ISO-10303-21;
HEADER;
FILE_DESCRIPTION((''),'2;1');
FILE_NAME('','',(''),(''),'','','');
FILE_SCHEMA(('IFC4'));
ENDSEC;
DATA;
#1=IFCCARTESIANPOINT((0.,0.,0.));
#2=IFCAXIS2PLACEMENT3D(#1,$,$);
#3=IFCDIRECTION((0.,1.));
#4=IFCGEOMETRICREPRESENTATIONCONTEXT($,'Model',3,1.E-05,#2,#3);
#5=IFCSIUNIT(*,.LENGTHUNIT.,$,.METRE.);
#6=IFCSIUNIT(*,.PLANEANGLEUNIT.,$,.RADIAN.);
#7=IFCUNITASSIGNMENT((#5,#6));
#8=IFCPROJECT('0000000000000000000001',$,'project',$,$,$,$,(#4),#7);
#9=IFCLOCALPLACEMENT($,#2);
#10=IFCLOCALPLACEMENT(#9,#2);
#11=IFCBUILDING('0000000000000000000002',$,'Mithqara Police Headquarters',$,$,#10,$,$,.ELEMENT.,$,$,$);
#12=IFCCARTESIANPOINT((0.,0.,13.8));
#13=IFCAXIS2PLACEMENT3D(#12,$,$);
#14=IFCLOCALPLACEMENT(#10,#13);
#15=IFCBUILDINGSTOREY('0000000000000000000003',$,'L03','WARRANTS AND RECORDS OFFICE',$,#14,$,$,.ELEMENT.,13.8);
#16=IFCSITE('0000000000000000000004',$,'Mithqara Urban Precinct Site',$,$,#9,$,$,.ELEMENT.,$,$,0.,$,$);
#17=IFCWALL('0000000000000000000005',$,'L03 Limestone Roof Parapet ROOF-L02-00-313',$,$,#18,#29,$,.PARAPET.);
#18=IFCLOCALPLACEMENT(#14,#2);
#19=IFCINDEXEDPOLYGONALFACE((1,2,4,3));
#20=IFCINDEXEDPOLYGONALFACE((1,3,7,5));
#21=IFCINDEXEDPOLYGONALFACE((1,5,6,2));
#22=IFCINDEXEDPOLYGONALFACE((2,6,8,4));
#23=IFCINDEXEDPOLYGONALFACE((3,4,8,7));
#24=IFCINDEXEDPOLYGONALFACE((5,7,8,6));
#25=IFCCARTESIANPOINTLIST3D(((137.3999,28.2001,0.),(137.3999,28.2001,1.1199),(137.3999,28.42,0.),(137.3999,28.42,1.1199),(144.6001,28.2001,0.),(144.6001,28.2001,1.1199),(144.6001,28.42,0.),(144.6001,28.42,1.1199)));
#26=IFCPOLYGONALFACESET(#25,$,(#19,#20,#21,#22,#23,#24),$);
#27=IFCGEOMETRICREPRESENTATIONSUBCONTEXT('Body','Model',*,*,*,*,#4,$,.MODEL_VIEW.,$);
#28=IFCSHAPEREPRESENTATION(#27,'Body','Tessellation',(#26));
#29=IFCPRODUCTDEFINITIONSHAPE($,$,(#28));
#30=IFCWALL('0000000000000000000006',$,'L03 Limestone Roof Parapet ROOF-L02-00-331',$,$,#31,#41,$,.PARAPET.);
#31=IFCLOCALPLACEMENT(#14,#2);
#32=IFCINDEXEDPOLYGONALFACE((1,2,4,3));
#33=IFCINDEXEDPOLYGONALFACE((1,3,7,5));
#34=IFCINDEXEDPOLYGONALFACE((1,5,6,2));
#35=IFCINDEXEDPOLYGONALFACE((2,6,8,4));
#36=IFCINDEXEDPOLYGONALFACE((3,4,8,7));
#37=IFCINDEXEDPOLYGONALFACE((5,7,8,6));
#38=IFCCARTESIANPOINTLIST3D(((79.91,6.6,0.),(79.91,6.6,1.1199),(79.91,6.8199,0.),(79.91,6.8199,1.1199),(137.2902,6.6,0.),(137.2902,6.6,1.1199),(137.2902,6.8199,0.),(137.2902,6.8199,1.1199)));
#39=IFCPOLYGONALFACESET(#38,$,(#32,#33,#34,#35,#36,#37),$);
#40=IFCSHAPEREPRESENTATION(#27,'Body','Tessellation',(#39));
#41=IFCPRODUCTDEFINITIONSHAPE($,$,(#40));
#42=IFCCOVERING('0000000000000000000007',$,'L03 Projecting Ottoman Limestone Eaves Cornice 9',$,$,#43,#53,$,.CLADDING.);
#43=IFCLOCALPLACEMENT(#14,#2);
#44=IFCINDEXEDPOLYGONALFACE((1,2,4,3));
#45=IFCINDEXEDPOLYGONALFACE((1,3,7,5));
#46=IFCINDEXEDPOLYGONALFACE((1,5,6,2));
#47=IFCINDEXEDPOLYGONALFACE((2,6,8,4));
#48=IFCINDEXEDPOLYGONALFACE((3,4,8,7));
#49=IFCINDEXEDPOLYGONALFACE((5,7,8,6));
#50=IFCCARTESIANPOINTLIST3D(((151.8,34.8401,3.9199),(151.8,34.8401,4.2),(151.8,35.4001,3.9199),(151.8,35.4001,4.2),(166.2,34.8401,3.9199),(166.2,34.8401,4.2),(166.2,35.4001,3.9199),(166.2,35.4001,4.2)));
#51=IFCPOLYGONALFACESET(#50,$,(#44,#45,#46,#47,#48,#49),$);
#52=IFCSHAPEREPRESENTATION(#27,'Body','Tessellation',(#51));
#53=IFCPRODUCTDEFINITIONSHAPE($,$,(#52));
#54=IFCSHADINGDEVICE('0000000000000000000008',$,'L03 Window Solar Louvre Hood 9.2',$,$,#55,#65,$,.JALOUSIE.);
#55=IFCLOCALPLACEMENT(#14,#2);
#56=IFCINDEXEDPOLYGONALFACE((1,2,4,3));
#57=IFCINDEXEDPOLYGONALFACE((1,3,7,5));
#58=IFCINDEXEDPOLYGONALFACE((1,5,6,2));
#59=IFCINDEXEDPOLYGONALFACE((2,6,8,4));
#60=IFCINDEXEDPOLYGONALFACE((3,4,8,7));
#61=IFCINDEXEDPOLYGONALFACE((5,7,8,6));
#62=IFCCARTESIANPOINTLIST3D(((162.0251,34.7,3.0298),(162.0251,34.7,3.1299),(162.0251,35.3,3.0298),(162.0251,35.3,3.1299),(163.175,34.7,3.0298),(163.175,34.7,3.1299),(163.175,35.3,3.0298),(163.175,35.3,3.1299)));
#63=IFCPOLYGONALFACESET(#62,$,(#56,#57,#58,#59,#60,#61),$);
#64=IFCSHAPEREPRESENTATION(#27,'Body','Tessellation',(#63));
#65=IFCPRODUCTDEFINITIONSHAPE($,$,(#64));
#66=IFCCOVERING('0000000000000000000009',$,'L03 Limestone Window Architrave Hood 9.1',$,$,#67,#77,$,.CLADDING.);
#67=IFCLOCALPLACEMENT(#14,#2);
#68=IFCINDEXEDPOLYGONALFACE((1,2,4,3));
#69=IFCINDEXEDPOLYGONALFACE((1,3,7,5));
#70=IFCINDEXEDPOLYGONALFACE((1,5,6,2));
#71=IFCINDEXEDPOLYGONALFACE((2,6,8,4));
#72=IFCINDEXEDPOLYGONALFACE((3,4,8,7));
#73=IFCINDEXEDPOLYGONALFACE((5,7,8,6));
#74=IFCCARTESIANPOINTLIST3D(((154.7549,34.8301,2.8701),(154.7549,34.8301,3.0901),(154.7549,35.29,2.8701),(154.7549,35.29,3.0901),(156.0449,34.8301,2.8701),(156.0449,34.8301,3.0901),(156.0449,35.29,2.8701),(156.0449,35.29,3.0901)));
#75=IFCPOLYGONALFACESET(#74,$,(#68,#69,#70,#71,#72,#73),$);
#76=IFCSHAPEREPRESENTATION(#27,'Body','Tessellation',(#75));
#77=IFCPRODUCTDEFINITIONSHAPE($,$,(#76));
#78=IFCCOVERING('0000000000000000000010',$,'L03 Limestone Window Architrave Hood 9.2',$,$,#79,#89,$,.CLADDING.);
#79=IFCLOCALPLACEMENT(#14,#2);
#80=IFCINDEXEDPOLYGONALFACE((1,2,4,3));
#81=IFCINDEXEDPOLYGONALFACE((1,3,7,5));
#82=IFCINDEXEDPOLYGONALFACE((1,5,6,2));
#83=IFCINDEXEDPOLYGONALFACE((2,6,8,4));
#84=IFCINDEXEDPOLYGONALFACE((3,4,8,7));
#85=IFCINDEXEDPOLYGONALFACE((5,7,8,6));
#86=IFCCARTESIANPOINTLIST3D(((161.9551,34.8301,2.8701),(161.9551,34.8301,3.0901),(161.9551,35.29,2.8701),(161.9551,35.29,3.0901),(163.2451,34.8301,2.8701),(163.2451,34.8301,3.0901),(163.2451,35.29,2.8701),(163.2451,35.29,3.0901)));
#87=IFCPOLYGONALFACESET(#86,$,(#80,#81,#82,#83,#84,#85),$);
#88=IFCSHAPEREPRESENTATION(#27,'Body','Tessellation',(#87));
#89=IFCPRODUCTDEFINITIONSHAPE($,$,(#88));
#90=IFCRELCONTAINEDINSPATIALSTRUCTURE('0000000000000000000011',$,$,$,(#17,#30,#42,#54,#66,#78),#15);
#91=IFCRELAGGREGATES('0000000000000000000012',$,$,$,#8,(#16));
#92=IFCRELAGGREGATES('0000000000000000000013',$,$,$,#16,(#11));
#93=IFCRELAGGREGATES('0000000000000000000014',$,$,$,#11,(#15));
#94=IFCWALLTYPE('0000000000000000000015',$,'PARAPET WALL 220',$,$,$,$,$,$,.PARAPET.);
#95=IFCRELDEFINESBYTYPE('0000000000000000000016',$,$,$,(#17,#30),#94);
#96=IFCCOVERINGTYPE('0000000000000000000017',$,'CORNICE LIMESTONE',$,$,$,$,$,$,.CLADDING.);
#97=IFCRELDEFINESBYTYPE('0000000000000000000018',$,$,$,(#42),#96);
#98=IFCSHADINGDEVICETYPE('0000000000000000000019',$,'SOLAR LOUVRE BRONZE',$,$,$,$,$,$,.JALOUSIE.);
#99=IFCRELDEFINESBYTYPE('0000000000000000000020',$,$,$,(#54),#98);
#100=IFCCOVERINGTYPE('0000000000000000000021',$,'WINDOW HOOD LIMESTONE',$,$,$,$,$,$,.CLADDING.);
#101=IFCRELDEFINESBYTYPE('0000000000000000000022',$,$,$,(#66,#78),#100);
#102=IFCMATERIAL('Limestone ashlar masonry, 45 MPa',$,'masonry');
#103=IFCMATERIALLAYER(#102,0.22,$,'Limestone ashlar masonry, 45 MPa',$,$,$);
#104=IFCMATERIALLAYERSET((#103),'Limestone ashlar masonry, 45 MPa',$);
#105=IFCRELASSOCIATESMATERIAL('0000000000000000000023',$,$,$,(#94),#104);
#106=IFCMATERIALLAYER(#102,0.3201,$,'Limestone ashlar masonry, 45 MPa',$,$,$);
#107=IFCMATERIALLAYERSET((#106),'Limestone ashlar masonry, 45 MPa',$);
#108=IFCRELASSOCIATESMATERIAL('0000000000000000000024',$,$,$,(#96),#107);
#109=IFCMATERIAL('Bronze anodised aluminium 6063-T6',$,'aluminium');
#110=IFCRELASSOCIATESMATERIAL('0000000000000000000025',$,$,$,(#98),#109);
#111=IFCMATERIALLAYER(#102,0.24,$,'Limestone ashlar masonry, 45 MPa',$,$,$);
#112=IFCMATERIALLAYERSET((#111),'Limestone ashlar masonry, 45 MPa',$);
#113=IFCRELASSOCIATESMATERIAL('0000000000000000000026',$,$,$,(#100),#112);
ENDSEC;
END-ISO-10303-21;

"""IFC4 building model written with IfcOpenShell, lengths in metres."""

from ifc_helpers import new_model, si_unit, direction, frame, frame_2d, origin, origin_2d, place, context, subcontext, project, spatial, rectangle, extrude, material, layer, layer_set, type_object, element, save


model = new_model("IFC4")

# Units and contexts
model_context = context("Model", 3, precision=1e-05, world=origin(), true_north=direction((0.0, 1.0)))
body_context = subcontext(model_context, "Body", "Model", "MODEL_VIEW")
ifc_project = project(units=[si_unit("LENGTHUNIT", "METRE"), si_unit("PLANEANGLEUNIT", "RADIAN")], contexts=[model_context])

# Site, building, storey
site_placement = place(None, origin())
site = spatial("IfcSite", under=ifc_project, at=site_placement, Name="Mithqara Urban Precinct Site", CompositionType="ELEMENT", RefElevation=0.0)
building_placement = place(site_placement, origin())
building = spatial("IfcBuilding", under=site, at=building_placement, Name="Mithqara Police Headquarters", CompositionType="ELEMENT")
storey_placement = place(building_placement, frame((0.0, 0.0, 13.8)))
storey = spatial("IfcBuildingStorey", under=building, at=storey_placement, Name="L03", Description="WARRANTS AND RECORDS OFFICE", CompositionType="ELEMENT", Elevation=13.8)

# Walls
ifc_material_1 = material(Name="Limestone ashlar masonry, 45 MPa", Category="masonry")
ifc_layer_1 = layer(ifc_material_1, 0.22, Name="Limestone ashlar masonry, 45 MPa")
ifc_layer_set_1 = layer_set([ifc_layer_1], Name="Limestone ashlar masonry, 45 MPa")
wall_type_1 = type_object("IfcWallType", Name="PARAPET WALL 220", PredefinedType="PARAPET", material=ifc_layer_set_1)
wall_1_placement = place(storey_placement, frame((144.6001, 28.3101, 0.0), z_axis=(0.0, 0.0, 1.0), x_axis=(-1.0, 0.0, 0.0)))
element("IfcWall", 1, at=wall_1_placement, inside=storey, type_object=wall_type_1, Name="L03 Limestone Roof Parapet ROOF-L02-00-313", PredefinedType="PARAPET", context=body_context, shape_type="SweptSolid", body=[
    extrude(rectangle(XDim=7.2002, YDim=0.22, at=frame_2d((3.6001, 0.0))), origin(), (0.0, 0.0, 1.0), 1.1199),
])
wall_2_placement = place(storey_placement, frame((137.29, 6.71, 0.0), z_axis=(0.0, 0.0, 1.0), x_axis=(-1.0, 0.0, 0.0)))
element("IfcWall", 2, at=wall_2_placement, inside=storey, type_object=wall_type_1, Name="L03 Limestone Roof Parapet ROOF-L02-00-331", PredefinedType="PARAPET", context=body_context, shape_type="SweptSolid", body=[
    extrude(rectangle(XDim=57.3801, YDim=0.22, at=frame_2d((28.6899, 0.0))), origin(), (0.0, 0.0, 1.0), 1.1199),
])

# Covering
ifc_layer_2 = layer(ifc_material_1, 0.3201, Name="Limestone ashlar masonry, 45 MPa")
ifc_layer_set_2 = layer_set([ifc_layer_2], Name="Limestone ashlar masonry, 45 MPa")
covering_type_1 = type_object("IfcCoveringType", Name="CORNICE LIMESTONE", PredefinedType="CLADDING", material=ifc_layer_set_2)
covering_placement = place(storey_placement, frame((159.0, 35.1201, 3.9199), z_axis=(0.0, 0.0, 1.0), x_axis=(1.0, 0.0, 0.0)))
element("IfcCovering", 3, at=covering_placement, inside=storey, type_object=covering_type_1, Name="L03 Projecting Ottoman Limestone Eaves Cornice 9", PredefinedType="CLADDING", context=body_context, shape_type="SweptSolid", body=[
    extrude(rectangle(XDim=14.3999, YDim=0.5601, at=origin_2d()), origin(), (0.0, 0.0, 1.0), 0.28),
])

# Shading device
ifc_material_2 = material(Name="Bronze anodised aluminium 6063-T6", Category="aluminium")
shading_device_type = type_object("IfcShadingDeviceType", Name="SOLAR LOUVRE BRONZE", PredefinedType="JALOUSIE", material=ifc_material_2)
shading_device_placement = place(storey_placement, frame((162.6001, 35.0, 3.0298), z_axis=(0.0, 0.0, 1.0), x_axis=(1.0, 0.0, 0.0)))
element("IfcShadingDevice", 4, at=shading_device_placement, inside=storey, type_object=shading_device_type, Name="L03 Window Solar Louvre Hood 9.2", PredefinedType="JALOUSIE", context=body_context, shape_type="SweptSolid", body=[
    extrude(rectangle(XDim=1.1499, YDim=0.6001, at=origin_2d()), origin(), (0.0, 0.0, 1.0), 0.1001),
])

# Coverings
ifc_layer_3 = layer(ifc_material_1, 0.24, Name="Limestone ashlar masonry, 45 MPa")
ifc_layer_set_3 = layer_set([ifc_layer_3], Name="Limestone ashlar masonry, 45 MPa")
covering_type_2 = type_object("IfcCoveringType", Name="WINDOW HOOD LIMESTONE", PredefinedType="CLADDING", material=ifc_layer_set_3)
for number, where, z_axis, x_axis, name in (
    (5, (155.3999, 35.0601, 2.8701), (0.0, 0.0, 1.0), (1.0, 0.0, 0.0), "L03 Limestone Window Architrave Hood 9.1"),
    (6, (162.6001, 35.0601, 2.8701), (0.0, 0.0, 1.0), (1.0, 0.0, 0.0), "L03 Limestone Window Architrave Hood 9.2"),
):
    element("IfcCovering", number, at=place(storey_placement, frame(where, z_axis=z_axis, x_axis=x_axis)), inside=storey, type_object=covering_type_2, Name=name, PredefinedType="CLADDING", context=body_context, shape_type="SweptSolid", body=[
        extrude(rectangle(XDim=1.29, YDim=0.46, at=origin_2d()), origin(), (0.0, 0.0, 1.0), 0.22),
    ])

save(model, "model.ifc")
